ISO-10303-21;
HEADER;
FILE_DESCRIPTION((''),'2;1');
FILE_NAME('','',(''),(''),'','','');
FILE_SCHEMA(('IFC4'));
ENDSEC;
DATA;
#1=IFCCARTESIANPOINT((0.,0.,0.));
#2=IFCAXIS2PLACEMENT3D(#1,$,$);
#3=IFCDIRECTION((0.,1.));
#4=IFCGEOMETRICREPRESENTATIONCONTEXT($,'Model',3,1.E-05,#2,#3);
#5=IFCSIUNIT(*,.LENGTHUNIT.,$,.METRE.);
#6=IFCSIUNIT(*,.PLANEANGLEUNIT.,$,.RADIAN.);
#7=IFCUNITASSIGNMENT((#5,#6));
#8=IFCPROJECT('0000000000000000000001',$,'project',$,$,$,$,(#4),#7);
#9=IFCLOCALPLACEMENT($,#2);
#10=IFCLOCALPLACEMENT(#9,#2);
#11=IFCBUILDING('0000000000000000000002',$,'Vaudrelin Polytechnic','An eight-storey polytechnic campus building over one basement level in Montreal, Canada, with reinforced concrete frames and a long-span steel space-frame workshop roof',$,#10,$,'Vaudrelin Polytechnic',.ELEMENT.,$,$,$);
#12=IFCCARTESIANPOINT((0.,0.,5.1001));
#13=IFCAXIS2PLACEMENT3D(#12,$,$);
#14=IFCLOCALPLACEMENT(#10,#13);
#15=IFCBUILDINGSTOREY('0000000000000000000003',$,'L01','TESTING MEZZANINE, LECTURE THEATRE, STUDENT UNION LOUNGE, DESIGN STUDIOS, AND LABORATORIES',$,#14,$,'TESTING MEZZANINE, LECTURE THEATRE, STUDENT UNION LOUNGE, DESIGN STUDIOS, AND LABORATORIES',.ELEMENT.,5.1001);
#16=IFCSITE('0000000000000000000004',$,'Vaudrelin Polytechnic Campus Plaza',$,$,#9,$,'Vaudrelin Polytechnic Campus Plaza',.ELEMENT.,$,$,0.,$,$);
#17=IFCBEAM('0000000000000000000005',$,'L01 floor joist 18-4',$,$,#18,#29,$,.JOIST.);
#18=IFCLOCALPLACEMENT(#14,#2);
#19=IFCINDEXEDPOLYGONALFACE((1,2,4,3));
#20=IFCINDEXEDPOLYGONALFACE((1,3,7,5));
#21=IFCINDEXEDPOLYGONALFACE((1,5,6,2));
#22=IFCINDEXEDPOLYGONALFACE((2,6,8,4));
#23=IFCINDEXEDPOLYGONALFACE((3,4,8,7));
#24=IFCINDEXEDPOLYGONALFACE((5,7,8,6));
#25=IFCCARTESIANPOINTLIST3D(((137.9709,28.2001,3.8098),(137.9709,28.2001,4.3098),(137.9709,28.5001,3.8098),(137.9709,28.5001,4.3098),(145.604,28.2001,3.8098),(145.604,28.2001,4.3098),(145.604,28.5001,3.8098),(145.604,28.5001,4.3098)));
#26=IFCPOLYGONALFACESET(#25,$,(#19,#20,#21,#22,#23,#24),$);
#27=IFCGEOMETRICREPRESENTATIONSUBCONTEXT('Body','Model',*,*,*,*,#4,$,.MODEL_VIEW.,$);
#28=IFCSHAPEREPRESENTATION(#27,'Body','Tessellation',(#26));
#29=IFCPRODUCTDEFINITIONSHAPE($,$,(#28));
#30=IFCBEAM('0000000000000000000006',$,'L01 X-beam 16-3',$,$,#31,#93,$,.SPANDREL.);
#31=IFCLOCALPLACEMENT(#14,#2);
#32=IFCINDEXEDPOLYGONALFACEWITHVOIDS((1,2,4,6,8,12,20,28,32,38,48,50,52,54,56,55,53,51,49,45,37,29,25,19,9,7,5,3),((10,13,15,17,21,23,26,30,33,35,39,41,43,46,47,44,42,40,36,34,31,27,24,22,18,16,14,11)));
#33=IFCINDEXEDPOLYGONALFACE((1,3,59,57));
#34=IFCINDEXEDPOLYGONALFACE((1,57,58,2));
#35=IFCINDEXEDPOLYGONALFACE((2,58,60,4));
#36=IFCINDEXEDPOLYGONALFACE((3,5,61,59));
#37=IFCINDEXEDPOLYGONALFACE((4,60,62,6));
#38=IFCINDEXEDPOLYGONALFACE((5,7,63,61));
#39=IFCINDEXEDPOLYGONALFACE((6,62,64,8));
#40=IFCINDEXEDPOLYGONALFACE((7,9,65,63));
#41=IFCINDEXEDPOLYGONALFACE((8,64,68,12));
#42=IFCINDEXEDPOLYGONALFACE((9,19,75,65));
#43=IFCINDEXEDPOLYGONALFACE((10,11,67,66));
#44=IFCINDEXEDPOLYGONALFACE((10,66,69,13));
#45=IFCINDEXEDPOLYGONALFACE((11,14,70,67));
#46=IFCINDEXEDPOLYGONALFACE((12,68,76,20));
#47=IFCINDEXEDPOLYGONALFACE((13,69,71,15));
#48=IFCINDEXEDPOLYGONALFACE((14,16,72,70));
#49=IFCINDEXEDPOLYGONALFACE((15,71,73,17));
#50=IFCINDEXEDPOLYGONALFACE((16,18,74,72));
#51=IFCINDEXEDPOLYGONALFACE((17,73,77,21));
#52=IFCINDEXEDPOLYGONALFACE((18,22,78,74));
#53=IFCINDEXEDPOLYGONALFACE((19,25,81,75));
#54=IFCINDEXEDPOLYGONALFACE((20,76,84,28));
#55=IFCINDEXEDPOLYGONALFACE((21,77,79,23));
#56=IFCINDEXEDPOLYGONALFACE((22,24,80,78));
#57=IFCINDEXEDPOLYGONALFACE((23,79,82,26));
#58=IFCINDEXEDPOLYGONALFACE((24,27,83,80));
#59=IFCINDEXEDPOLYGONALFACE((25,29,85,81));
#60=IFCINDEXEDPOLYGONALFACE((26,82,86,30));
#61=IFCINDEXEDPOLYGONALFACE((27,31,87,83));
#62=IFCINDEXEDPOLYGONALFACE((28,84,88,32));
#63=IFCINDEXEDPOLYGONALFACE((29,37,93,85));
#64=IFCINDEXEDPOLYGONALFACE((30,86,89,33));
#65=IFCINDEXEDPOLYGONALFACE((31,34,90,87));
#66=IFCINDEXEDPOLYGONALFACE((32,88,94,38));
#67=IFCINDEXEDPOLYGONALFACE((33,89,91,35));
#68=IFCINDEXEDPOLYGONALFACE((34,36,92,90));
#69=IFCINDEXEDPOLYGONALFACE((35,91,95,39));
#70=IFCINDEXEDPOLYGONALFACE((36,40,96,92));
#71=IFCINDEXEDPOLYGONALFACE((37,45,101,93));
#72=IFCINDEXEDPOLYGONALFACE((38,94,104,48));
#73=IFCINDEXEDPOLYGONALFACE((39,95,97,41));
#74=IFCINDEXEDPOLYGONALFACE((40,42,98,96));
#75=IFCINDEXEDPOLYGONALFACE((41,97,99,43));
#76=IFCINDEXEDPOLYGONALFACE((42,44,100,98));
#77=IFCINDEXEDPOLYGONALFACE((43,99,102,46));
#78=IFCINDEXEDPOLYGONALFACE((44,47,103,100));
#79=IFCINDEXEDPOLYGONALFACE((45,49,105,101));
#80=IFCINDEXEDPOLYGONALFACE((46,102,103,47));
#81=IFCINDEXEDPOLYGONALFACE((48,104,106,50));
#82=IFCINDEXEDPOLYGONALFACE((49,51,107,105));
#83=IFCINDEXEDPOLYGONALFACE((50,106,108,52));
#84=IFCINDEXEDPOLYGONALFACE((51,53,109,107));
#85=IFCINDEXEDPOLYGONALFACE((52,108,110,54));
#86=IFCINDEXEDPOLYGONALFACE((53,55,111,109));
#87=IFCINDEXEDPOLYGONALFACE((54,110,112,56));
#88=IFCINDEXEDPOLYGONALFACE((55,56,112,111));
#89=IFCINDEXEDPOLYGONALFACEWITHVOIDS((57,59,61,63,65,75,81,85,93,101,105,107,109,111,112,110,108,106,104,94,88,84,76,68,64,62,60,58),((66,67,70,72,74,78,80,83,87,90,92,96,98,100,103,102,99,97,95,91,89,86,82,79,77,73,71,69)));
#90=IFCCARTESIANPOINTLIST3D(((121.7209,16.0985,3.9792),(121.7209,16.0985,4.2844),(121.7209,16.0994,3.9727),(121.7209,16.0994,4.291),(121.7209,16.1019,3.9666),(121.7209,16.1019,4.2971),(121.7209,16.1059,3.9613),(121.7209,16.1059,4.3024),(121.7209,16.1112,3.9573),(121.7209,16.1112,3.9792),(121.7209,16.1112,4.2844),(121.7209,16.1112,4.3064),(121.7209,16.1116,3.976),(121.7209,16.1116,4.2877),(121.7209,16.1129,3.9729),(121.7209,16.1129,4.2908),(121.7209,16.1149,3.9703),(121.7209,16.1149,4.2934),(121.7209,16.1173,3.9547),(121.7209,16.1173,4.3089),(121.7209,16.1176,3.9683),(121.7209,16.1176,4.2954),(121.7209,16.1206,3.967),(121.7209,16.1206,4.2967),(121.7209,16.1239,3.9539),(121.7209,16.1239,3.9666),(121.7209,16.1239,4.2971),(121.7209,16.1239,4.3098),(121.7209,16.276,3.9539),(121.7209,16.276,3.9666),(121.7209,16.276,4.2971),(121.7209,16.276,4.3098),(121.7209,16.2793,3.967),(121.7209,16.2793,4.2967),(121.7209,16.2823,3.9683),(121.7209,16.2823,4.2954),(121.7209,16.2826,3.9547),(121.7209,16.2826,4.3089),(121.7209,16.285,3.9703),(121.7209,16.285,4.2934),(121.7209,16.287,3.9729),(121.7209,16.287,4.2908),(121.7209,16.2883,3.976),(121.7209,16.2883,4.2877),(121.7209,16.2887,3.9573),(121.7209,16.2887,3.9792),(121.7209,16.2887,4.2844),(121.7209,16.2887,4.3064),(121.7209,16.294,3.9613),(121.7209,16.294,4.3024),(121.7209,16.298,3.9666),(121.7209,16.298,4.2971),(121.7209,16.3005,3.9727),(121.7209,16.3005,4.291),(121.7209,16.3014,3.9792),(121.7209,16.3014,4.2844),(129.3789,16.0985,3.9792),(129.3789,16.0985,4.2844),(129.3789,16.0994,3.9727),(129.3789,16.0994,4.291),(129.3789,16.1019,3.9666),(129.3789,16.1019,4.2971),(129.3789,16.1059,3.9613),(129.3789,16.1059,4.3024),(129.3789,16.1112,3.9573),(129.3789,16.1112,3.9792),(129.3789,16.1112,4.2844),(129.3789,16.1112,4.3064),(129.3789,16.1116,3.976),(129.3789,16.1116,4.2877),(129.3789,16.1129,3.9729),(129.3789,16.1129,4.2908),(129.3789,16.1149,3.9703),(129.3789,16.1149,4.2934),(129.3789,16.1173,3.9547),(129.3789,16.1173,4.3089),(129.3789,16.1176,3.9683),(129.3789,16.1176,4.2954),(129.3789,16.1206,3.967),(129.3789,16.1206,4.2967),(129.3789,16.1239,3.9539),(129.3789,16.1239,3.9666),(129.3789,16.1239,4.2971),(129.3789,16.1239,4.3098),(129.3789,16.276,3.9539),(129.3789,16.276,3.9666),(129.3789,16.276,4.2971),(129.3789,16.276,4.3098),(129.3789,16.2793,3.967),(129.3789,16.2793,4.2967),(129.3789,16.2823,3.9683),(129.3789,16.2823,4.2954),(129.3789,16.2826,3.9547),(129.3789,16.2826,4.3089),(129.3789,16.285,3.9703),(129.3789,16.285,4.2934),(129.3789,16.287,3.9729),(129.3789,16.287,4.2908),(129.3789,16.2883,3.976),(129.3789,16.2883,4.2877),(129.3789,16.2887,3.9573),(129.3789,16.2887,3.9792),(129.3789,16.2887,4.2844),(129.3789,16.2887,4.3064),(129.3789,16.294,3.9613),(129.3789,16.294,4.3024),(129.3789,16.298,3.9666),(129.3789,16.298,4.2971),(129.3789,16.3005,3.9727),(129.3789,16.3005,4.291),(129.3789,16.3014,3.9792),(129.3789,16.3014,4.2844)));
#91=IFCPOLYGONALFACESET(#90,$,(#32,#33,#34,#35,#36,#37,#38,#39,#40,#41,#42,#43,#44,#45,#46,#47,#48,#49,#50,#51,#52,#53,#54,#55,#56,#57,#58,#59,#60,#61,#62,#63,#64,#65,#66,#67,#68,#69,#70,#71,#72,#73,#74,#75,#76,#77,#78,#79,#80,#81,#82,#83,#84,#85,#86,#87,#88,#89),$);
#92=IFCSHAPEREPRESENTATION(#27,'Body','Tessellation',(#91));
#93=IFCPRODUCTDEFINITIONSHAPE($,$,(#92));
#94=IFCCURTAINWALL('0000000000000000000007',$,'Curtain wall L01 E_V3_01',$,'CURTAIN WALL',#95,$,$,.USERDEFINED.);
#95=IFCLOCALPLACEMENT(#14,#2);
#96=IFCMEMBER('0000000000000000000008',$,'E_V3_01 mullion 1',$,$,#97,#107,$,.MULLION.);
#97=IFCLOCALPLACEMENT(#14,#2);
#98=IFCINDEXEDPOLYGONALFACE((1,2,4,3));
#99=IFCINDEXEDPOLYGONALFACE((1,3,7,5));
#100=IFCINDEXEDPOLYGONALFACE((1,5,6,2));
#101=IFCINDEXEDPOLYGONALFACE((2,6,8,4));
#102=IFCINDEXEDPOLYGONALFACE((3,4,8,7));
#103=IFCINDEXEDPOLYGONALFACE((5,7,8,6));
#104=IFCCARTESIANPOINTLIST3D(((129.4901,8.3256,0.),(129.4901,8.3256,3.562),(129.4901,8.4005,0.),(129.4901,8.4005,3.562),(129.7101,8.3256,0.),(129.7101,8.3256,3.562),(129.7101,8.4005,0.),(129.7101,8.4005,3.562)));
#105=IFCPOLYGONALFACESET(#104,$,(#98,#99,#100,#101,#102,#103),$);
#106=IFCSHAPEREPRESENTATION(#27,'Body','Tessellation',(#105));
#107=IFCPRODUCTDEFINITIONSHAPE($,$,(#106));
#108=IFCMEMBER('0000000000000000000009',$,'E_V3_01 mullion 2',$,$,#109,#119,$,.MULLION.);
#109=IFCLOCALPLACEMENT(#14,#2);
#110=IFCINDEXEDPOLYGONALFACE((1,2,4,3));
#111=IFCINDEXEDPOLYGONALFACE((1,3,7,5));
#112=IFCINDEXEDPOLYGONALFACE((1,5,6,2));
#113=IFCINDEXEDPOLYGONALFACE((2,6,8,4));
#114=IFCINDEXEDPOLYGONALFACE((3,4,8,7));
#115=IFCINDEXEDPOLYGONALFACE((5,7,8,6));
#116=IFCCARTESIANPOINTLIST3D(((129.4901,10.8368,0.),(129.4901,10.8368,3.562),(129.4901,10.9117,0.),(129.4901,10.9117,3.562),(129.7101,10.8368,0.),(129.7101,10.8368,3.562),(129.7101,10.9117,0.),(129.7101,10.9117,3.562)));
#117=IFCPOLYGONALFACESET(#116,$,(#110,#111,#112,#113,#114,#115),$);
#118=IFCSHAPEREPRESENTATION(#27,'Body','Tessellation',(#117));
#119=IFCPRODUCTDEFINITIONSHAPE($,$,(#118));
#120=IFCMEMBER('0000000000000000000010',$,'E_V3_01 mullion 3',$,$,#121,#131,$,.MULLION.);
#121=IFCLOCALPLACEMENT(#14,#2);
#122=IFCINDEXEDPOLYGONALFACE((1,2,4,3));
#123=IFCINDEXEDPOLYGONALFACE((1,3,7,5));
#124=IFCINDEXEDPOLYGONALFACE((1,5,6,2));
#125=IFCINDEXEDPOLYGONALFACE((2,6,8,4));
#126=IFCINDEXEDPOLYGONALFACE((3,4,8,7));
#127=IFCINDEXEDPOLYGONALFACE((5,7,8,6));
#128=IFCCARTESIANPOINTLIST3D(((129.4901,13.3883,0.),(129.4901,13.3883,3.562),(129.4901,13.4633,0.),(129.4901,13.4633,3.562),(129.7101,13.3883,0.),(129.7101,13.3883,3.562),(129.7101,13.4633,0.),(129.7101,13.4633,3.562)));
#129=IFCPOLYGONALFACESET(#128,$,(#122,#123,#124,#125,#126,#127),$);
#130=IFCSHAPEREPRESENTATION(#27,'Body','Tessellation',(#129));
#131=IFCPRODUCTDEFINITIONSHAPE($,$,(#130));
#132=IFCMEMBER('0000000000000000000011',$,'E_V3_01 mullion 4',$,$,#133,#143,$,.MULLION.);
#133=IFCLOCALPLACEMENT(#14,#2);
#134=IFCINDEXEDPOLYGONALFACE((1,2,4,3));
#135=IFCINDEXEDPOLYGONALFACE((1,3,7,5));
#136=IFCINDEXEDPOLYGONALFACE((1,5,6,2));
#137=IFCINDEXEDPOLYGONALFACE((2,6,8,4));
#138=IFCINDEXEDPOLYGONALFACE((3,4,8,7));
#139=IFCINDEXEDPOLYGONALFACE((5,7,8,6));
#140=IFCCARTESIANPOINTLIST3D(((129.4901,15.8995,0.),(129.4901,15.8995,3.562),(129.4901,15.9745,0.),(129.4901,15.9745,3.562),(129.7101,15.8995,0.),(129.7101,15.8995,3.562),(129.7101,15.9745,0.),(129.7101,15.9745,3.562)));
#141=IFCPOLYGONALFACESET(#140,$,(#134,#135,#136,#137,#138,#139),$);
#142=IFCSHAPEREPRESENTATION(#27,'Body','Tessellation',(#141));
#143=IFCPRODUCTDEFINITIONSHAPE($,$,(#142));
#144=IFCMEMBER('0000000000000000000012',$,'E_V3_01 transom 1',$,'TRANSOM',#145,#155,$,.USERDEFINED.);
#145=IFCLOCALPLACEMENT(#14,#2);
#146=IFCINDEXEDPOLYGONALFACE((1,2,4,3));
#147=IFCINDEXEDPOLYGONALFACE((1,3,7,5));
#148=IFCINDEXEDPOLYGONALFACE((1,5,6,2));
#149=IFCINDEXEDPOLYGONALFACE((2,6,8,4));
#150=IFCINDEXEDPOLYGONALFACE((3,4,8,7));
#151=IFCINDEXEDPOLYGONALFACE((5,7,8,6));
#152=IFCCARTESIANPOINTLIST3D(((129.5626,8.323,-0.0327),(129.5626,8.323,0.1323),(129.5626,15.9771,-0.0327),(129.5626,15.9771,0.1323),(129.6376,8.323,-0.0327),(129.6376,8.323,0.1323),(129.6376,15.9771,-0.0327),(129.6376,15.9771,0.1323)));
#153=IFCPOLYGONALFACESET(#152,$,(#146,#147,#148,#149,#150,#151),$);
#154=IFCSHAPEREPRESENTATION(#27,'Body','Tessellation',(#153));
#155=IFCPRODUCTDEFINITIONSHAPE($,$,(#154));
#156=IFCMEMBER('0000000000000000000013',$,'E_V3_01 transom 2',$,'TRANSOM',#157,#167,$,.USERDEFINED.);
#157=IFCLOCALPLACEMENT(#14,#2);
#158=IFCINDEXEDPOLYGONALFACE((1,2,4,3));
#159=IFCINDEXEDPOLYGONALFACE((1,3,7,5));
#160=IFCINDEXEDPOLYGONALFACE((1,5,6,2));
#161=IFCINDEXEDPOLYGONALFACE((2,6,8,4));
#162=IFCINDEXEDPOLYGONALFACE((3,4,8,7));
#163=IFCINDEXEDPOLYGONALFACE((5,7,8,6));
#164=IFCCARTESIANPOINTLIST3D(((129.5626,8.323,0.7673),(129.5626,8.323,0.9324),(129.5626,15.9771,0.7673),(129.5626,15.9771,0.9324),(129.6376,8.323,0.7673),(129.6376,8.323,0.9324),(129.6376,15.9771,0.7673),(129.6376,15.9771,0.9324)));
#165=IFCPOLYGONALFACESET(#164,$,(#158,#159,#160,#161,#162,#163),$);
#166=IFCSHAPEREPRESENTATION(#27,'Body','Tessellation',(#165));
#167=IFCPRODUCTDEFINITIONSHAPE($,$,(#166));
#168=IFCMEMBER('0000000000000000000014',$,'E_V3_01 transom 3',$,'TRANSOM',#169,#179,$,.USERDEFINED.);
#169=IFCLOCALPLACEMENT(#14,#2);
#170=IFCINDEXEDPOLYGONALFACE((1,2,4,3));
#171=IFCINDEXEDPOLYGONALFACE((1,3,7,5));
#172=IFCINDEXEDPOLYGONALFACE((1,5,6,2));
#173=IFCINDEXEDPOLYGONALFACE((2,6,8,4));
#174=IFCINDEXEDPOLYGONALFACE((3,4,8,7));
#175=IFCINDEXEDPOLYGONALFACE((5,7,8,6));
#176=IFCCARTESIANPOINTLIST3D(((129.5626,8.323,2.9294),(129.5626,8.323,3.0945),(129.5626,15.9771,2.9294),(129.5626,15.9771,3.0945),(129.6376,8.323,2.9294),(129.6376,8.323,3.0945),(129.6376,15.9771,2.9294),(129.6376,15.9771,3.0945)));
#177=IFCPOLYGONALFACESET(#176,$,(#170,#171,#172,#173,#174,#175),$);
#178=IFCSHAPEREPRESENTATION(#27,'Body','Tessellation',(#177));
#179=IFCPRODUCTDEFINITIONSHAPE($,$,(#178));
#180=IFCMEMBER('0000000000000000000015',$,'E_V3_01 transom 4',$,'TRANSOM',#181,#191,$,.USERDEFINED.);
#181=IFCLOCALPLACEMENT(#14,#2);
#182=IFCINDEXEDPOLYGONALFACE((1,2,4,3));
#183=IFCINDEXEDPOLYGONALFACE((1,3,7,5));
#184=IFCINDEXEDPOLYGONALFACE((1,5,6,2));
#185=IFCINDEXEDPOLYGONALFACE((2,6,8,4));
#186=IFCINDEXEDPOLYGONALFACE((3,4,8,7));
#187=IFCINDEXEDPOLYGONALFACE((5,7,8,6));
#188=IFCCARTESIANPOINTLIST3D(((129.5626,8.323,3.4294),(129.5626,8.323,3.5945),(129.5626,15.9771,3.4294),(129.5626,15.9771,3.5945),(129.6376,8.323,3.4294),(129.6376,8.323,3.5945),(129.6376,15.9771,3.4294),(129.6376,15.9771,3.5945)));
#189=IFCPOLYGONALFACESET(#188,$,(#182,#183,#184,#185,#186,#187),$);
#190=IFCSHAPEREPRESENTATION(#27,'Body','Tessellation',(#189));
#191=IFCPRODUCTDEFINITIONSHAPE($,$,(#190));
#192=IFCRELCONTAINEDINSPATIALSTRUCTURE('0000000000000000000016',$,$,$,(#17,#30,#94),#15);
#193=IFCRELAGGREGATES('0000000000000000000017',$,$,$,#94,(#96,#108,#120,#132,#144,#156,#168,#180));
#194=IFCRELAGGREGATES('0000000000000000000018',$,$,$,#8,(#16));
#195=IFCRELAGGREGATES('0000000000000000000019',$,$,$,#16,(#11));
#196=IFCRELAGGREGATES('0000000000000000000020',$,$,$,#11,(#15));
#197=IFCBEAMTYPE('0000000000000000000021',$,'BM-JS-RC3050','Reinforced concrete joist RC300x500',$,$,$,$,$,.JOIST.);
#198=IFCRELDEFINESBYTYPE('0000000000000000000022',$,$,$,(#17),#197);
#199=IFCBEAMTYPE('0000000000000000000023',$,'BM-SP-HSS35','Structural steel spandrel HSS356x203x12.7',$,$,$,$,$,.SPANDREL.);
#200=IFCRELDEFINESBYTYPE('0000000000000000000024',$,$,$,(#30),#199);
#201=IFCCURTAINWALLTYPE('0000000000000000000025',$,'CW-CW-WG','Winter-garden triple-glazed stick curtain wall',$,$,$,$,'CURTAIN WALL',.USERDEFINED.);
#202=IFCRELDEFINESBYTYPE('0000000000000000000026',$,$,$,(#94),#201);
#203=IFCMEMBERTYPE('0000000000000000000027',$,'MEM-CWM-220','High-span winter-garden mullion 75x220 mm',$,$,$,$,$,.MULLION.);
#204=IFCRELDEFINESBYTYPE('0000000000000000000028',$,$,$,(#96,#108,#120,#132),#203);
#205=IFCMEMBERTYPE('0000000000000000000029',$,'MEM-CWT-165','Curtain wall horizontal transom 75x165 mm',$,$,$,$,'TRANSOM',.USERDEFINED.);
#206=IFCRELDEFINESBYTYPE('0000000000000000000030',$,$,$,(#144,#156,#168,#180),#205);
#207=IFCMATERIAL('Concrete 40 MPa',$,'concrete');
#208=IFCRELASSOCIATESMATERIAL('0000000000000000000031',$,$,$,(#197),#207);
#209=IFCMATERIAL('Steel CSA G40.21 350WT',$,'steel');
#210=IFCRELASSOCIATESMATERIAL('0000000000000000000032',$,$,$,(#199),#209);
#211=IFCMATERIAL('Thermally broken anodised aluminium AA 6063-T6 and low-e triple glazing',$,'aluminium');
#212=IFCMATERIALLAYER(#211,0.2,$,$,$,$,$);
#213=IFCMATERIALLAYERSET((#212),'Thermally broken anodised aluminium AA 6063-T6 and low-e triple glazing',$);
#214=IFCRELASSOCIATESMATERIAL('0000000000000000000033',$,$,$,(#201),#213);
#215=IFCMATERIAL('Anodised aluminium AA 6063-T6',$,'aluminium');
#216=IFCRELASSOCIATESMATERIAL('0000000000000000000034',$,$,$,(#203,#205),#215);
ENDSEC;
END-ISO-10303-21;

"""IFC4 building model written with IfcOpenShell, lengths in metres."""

from ifc_helpers import new_model, si_unit, direction, frame, origin, origin_2d, place, context, subcontext, project, spatial, rectangle, hollow_rectangle, extrude, material, layer, layer_set, material_profile, profile_set, type_object, element, aggregate, save


model = new_model("IFC4")

# Units and contexts
model_context = context("Model", 3, precision=1e-05, world=origin(), true_north=direction((0.0, 1.0)))
body_context = subcontext(model_context, "Body", "Model", "MODEL_VIEW")
ifc_project = project(units=[si_unit("LENGTHUNIT", "METRE"), si_unit("PLANEANGLEUNIT", "RADIAN")], contexts=[model_context])

# Site, building, storey
site_placement = place(None, origin())
site = spatial("IfcSite", under=ifc_project, at=site_placement, Name="Vaudrelin Polytechnic Campus Plaza", LongName="Vaudrelin Polytechnic Campus Plaza", CompositionType="ELEMENT", RefElevation=0.0)
building_placement = place(site_placement, origin())
building = spatial("IfcBuilding", under=site, at=building_placement, Name="Vaudrelin Polytechnic", Description="An eight-storey polytechnic campus building over one basement level in Montreal, Canada, with reinforced concrete frames and a long-span steel space-frame workshop roof", LongName="Vaudrelin Polytechnic", CompositionType="ELEMENT")
storey_placement = place(building_placement, frame((0.0, 0.0, 5.1001)))
storey = spatial("IfcBuildingStorey", under=building, at=storey_placement, Name="L01", Description="TESTING MEZZANINE, LECTURE THEATRE, STUDENT UNION LOUNGE, DESIGN STUDIOS, AND LABORATORIES", LongName="TESTING MEZZANINE, LECTURE THEATRE, STUDENT UNION LOUNGE, DESIGN STUDIOS, AND LABORATORIES", CompositionType="ELEMENT", Elevation=5.1001)

# Shared definitions
ifc_material_1 = material(Name="Concrete 40 MPa", Category="concrete")

# Beams
ifc_material_profile_1 = material_profile(ifc_material_1, rectangle(XDim=0.3, YDim=0.5, at=origin_2d()), Name="RC300x500")
ifc_profile_set_1 = profile_set([ifc_material_profile_1], Name="Concrete 40 MPa")
beam_type_1 = type_object("IfcBeamType", Name="BM-JS-RC3050", Description="Reinforced concrete joist RC300x500", PredefinedType="JOIST", material=ifc_profile_set_1)
beam_1_placement = place(storey_placement, frame((137.9709, 28.3501, 4.0598), z_axis=(1.0, 0.0, 0.0), x_axis=(0.0, 1.0, 0.0)))
element("IfcBeam", 1, at=beam_1_placement, inside=storey, type_object=beam_type_1, Name="L01 floor joist 18-4", PredefinedType="JOIST", context=body_context, shape_type="SweptSolid", body=[
    extrude(rectangle(XDim=0.3, YDim=0.5, at=origin_2d()), origin(), (0.0, 0.0, 1.0), 7.6331),
])
ifc_material_2 = material(Name="Steel CSA G40.21 350WT", Category="steel")
ifc_material_profile_2 = material_profile(ifc_material_2, hollow_rectangle(XDim=0.2029, YDim=0.356, WallThickness=0.0127, InnerFilletRadius=0.0127, OuterFilletRadius=0.0254, at=origin_2d()), Name="HSS356x203x12.7")
ifc_profile_set_2 = profile_set([ifc_material_profile_2], Name="Steel CSA G40.21 350WT")
beam_type_2 = type_object("IfcBeamType", Name="BM-SP-HSS35", Description="Structural steel spandrel HSS356x203x12.7", PredefinedType="SPANDREL", material=ifc_profile_set_2)
beam_2_placement = place(storey_placement, frame((121.7209, 16.2, 4.1318), z_axis=(1.0, 0.0, 0.0), x_axis=(0.0, 1.0, 0.0)))
element("IfcBeam", 2, at=beam_2_placement, inside=storey, type_object=beam_type_2, Name="L01 X-beam 16-3", PredefinedType="SPANDREL", context=body_context, shape_type="SweptSolid", body=[
    extrude(hollow_rectangle(XDim=0.2029, YDim=0.356, WallThickness=0.0127, InnerFilletRadius=0.0127, OuterFilletRadius=0.0254, at=origin_2d()), origin(), (0.0, 0.0, 1.0), 7.658),
])

# Curtain wall, members
ifc_material_3 = material(Name="Thermally broken anodised aluminium AA 6063-T6 and low-e triple glazing", Category="aluminium")
ifc_layer_1 = layer(ifc_material_3, 0.2)
ifc_layer_set_1 = layer_set([ifc_layer_1], Name="Thermally broken anodised aluminium AA 6063-T6 and low-e triple glazing")
curtain_wall_type = type_object("IfcCurtainWallType", Name="CW-CW-WG", Description="Winter-garden triple-glazed stick curtain wall", ElementType="CURTAIN WALL", PredefinedType="USERDEFINED", material=ifc_layer_set_1)
curtain_wall_placement = place(storey_placement, origin())
curtain_wall = element("IfcCurtainWall", 3, at=curtain_wall_placement, inside=storey, type_object=curtain_wall_type, Name="Curtain wall L01 E_V3_01", ObjectType="CURTAIN WALL", PredefinedType="USERDEFINED")
ifc_material_4 = material(Name="Anodised aluminium AA 6063-T6", Category="aluminium")
ifc_material_profile_3 = material_profile(ifc_material_4, rectangle(XDim=0.075, YDim=0.22, at=origin_2d()), Name="CWM-75x220")
ifc_profile_set_3 = profile_set([ifc_material_profile_3], Name="Anodised aluminium AA 6063-T6")
member_type_1 = type_object("IfcMemberType", Name="MEM-CWM-220", Description="High-span winter-garden mullion 75x220 mm", PredefinedType="MULLION", material=ifc_profile_set_3)
member_1_placement = place(storey_placement, frame((129.6001, 8.363, 0.0), z_axis=(0.0, 0.0, 1.0), x_axis=(0.0, 1.0, 0.0)))
member_1 = element("IfcMember", 4, at=member_1_placement, type_object=member_type_1, Name="E_V3_01 mullion 1", PredefinedType="MULLION", context=body_context, shape_type="SweptSolid", body=[
    extrude(rectangle(XDim=0.075, YDim=0.22, at=origin_2d()), origin(), (0.0, 0.0, 1.0), 3.562),
])
member_2_placement = place(storey_placement, frame((129.6001, 10.8743, 0.0), z_axis=(0.0, 0.0, 1.0), x_axis=(0.0, 1.0, 0.0)))
member_2 = element("IfcMember", 5, at=member_2_placement, type_object=member_type_1, Name="E_V3_01 mullion 2", PredefinedType="MULLION", context=body_context, shape_type="SweptSolid", body=[
    extrude(rectangle(XDim=0.075, YDim=0.22, at=origin_2d()), origin(), (0.0, 0.0, 1.0), 3.562),
])
member_3_placement = place(storey_placement, frame((129.6001, 13.4258, 0.0), z_axis=(0.0, 0.0, 1.0), x_axis=(0.0, 1.0, 0.0)))
member_3 = element("IfcMember", 6, at=member_3_placement, type_object=member_type_1, Name="E_V3_01 mullion 3", PredefinedType="MULLION", context=body_context, shape_type="SweptSolid", body=[
    extrude(rectangle(XDim=0.075, YDim=0.22, at=origin_2d()), origin(), (0.0, 0.0, 1.0), 3.562),
])
member_4_placement = place(storey_placement, frame((129.6001, 15.937, 0.0), z_axis=(0.0, 0.0, 1.0), x_axis=(0.0, 1.0, 0.0)))
member_4 = element("IfcMember", 7, at=member_4_placement, type_object=member_type_1, Name="E_V3_01 mullion 4", PredefinedType="MULLION", context=body_context, shape_type="SweptSolid", body=[
    extrude(rectangle(XDim=0.075, YDim=0.22, at=origin_2d()), origin(), (0.0, 0.0, 1.0), 3.562),
])
ifc_material_profile_4 = material_profile(ifc_material_4, rectangle(XDim=0.075, YDim=0.165, at=origin_2d()), Name="CWT-75x165")
ifc_profile_set_4 = profile_set([ifc_material_profile_4], Name="Anodised aluminium AA 6063-T6")
member_type_2 = type_object("IfcMemberType", Name="MEM-CWT-165", Description="Curtain wall horizontal transom 75x165 mm", ElementType="TRANSOM", PredefinedType="USERDEFINED", material=ifc_profile_set_4)
member_5_placement = place(storey_placement, frame((129.6001, 8.323, 0.0498), z_axis=(0.0, 1.0, 0.0), x_axis=(-1.0, 0.0, 0.0)))
member_5 = element("IfcMember", 8, at=member_5_placement, type_object=member_type_2, Name="E_V3_01 transom 1", ObjectType="TRANSOM", PredefinedType="USERDEFINED", context=body_context, shape_type="SweptSolid", body=[
    extrude(rectangle(XDim=0.075, YDim=0.165, at=origin_2d()), origin(), (0.0, 0.0, 1.0), 7.6541),
])
member_6_placement = place(storey_placement, frame((129.6001, 8.323, 0.8499), z_axis=(0.0, 1.0, 0.0), x_axis=(-1.0, 0.0, 0.0)))
member_6 = element("IfcMember", 9, at=member_6_placement, type_object=member_type_2, Name="E_V3_01 transom 2", ObjectType="TRANSOM", PredefinedType="USERDEFINED", context=body_context, shape_type="SweptSolid", body=[
    extrude(rectangle(XDim=0.075, YDim=0.165, at=origin_2d()), origin(), (0.0, 0.0, 1.0), 7.6541),
])
member_7_placement = place(storey_placement, frame((129.6001, 8.323, 3.012), z_axis=(0.0, 1.0, 0.0), x_axis=(-1.0, 0.0, 0.0)))
member_7 = element("IfcMember", 10, at=member_7_placement, type_object=member_type_2, Name="E_V3_01 transom 3", ObjectType="TRANSOM", PredefinedType="USERDEFINED", context=body_context, shape_type="SweptSolid", body=[
    extrude(rectangle(XDim=0.075, YDim=0.165, at=origin_2d()), origin(), (0.0, 0.0, 1.0), 7.6541),
])
member_8_placement = place(storey_placement, frame((129.6001, 8.323, 3.512), z_axis=(0.0, 1.0, 0.0), x_axis=(-1.0, 0.0, 0.0)))
member_8 = element("IfcMember", 11, at=member_8_placement, type_object=member_type_2, Name="E_V3_01 transom 4", ObjectType="TRANSOM", PredefinedType="USERDEFINED", context=body_context, shape_type="SweptSolid", body=[
    extrude(rectangle(XDim=0.075, YDim=0.165, at=origin_2d()), origin(), (0.0, 0.0, 1.0), 7.6541),
])
aggregate(curtain_wall, [member_1, member_2, member_3, member_4, member_5, member_6, member_7, member_8])

save(model, "model.ifc")
